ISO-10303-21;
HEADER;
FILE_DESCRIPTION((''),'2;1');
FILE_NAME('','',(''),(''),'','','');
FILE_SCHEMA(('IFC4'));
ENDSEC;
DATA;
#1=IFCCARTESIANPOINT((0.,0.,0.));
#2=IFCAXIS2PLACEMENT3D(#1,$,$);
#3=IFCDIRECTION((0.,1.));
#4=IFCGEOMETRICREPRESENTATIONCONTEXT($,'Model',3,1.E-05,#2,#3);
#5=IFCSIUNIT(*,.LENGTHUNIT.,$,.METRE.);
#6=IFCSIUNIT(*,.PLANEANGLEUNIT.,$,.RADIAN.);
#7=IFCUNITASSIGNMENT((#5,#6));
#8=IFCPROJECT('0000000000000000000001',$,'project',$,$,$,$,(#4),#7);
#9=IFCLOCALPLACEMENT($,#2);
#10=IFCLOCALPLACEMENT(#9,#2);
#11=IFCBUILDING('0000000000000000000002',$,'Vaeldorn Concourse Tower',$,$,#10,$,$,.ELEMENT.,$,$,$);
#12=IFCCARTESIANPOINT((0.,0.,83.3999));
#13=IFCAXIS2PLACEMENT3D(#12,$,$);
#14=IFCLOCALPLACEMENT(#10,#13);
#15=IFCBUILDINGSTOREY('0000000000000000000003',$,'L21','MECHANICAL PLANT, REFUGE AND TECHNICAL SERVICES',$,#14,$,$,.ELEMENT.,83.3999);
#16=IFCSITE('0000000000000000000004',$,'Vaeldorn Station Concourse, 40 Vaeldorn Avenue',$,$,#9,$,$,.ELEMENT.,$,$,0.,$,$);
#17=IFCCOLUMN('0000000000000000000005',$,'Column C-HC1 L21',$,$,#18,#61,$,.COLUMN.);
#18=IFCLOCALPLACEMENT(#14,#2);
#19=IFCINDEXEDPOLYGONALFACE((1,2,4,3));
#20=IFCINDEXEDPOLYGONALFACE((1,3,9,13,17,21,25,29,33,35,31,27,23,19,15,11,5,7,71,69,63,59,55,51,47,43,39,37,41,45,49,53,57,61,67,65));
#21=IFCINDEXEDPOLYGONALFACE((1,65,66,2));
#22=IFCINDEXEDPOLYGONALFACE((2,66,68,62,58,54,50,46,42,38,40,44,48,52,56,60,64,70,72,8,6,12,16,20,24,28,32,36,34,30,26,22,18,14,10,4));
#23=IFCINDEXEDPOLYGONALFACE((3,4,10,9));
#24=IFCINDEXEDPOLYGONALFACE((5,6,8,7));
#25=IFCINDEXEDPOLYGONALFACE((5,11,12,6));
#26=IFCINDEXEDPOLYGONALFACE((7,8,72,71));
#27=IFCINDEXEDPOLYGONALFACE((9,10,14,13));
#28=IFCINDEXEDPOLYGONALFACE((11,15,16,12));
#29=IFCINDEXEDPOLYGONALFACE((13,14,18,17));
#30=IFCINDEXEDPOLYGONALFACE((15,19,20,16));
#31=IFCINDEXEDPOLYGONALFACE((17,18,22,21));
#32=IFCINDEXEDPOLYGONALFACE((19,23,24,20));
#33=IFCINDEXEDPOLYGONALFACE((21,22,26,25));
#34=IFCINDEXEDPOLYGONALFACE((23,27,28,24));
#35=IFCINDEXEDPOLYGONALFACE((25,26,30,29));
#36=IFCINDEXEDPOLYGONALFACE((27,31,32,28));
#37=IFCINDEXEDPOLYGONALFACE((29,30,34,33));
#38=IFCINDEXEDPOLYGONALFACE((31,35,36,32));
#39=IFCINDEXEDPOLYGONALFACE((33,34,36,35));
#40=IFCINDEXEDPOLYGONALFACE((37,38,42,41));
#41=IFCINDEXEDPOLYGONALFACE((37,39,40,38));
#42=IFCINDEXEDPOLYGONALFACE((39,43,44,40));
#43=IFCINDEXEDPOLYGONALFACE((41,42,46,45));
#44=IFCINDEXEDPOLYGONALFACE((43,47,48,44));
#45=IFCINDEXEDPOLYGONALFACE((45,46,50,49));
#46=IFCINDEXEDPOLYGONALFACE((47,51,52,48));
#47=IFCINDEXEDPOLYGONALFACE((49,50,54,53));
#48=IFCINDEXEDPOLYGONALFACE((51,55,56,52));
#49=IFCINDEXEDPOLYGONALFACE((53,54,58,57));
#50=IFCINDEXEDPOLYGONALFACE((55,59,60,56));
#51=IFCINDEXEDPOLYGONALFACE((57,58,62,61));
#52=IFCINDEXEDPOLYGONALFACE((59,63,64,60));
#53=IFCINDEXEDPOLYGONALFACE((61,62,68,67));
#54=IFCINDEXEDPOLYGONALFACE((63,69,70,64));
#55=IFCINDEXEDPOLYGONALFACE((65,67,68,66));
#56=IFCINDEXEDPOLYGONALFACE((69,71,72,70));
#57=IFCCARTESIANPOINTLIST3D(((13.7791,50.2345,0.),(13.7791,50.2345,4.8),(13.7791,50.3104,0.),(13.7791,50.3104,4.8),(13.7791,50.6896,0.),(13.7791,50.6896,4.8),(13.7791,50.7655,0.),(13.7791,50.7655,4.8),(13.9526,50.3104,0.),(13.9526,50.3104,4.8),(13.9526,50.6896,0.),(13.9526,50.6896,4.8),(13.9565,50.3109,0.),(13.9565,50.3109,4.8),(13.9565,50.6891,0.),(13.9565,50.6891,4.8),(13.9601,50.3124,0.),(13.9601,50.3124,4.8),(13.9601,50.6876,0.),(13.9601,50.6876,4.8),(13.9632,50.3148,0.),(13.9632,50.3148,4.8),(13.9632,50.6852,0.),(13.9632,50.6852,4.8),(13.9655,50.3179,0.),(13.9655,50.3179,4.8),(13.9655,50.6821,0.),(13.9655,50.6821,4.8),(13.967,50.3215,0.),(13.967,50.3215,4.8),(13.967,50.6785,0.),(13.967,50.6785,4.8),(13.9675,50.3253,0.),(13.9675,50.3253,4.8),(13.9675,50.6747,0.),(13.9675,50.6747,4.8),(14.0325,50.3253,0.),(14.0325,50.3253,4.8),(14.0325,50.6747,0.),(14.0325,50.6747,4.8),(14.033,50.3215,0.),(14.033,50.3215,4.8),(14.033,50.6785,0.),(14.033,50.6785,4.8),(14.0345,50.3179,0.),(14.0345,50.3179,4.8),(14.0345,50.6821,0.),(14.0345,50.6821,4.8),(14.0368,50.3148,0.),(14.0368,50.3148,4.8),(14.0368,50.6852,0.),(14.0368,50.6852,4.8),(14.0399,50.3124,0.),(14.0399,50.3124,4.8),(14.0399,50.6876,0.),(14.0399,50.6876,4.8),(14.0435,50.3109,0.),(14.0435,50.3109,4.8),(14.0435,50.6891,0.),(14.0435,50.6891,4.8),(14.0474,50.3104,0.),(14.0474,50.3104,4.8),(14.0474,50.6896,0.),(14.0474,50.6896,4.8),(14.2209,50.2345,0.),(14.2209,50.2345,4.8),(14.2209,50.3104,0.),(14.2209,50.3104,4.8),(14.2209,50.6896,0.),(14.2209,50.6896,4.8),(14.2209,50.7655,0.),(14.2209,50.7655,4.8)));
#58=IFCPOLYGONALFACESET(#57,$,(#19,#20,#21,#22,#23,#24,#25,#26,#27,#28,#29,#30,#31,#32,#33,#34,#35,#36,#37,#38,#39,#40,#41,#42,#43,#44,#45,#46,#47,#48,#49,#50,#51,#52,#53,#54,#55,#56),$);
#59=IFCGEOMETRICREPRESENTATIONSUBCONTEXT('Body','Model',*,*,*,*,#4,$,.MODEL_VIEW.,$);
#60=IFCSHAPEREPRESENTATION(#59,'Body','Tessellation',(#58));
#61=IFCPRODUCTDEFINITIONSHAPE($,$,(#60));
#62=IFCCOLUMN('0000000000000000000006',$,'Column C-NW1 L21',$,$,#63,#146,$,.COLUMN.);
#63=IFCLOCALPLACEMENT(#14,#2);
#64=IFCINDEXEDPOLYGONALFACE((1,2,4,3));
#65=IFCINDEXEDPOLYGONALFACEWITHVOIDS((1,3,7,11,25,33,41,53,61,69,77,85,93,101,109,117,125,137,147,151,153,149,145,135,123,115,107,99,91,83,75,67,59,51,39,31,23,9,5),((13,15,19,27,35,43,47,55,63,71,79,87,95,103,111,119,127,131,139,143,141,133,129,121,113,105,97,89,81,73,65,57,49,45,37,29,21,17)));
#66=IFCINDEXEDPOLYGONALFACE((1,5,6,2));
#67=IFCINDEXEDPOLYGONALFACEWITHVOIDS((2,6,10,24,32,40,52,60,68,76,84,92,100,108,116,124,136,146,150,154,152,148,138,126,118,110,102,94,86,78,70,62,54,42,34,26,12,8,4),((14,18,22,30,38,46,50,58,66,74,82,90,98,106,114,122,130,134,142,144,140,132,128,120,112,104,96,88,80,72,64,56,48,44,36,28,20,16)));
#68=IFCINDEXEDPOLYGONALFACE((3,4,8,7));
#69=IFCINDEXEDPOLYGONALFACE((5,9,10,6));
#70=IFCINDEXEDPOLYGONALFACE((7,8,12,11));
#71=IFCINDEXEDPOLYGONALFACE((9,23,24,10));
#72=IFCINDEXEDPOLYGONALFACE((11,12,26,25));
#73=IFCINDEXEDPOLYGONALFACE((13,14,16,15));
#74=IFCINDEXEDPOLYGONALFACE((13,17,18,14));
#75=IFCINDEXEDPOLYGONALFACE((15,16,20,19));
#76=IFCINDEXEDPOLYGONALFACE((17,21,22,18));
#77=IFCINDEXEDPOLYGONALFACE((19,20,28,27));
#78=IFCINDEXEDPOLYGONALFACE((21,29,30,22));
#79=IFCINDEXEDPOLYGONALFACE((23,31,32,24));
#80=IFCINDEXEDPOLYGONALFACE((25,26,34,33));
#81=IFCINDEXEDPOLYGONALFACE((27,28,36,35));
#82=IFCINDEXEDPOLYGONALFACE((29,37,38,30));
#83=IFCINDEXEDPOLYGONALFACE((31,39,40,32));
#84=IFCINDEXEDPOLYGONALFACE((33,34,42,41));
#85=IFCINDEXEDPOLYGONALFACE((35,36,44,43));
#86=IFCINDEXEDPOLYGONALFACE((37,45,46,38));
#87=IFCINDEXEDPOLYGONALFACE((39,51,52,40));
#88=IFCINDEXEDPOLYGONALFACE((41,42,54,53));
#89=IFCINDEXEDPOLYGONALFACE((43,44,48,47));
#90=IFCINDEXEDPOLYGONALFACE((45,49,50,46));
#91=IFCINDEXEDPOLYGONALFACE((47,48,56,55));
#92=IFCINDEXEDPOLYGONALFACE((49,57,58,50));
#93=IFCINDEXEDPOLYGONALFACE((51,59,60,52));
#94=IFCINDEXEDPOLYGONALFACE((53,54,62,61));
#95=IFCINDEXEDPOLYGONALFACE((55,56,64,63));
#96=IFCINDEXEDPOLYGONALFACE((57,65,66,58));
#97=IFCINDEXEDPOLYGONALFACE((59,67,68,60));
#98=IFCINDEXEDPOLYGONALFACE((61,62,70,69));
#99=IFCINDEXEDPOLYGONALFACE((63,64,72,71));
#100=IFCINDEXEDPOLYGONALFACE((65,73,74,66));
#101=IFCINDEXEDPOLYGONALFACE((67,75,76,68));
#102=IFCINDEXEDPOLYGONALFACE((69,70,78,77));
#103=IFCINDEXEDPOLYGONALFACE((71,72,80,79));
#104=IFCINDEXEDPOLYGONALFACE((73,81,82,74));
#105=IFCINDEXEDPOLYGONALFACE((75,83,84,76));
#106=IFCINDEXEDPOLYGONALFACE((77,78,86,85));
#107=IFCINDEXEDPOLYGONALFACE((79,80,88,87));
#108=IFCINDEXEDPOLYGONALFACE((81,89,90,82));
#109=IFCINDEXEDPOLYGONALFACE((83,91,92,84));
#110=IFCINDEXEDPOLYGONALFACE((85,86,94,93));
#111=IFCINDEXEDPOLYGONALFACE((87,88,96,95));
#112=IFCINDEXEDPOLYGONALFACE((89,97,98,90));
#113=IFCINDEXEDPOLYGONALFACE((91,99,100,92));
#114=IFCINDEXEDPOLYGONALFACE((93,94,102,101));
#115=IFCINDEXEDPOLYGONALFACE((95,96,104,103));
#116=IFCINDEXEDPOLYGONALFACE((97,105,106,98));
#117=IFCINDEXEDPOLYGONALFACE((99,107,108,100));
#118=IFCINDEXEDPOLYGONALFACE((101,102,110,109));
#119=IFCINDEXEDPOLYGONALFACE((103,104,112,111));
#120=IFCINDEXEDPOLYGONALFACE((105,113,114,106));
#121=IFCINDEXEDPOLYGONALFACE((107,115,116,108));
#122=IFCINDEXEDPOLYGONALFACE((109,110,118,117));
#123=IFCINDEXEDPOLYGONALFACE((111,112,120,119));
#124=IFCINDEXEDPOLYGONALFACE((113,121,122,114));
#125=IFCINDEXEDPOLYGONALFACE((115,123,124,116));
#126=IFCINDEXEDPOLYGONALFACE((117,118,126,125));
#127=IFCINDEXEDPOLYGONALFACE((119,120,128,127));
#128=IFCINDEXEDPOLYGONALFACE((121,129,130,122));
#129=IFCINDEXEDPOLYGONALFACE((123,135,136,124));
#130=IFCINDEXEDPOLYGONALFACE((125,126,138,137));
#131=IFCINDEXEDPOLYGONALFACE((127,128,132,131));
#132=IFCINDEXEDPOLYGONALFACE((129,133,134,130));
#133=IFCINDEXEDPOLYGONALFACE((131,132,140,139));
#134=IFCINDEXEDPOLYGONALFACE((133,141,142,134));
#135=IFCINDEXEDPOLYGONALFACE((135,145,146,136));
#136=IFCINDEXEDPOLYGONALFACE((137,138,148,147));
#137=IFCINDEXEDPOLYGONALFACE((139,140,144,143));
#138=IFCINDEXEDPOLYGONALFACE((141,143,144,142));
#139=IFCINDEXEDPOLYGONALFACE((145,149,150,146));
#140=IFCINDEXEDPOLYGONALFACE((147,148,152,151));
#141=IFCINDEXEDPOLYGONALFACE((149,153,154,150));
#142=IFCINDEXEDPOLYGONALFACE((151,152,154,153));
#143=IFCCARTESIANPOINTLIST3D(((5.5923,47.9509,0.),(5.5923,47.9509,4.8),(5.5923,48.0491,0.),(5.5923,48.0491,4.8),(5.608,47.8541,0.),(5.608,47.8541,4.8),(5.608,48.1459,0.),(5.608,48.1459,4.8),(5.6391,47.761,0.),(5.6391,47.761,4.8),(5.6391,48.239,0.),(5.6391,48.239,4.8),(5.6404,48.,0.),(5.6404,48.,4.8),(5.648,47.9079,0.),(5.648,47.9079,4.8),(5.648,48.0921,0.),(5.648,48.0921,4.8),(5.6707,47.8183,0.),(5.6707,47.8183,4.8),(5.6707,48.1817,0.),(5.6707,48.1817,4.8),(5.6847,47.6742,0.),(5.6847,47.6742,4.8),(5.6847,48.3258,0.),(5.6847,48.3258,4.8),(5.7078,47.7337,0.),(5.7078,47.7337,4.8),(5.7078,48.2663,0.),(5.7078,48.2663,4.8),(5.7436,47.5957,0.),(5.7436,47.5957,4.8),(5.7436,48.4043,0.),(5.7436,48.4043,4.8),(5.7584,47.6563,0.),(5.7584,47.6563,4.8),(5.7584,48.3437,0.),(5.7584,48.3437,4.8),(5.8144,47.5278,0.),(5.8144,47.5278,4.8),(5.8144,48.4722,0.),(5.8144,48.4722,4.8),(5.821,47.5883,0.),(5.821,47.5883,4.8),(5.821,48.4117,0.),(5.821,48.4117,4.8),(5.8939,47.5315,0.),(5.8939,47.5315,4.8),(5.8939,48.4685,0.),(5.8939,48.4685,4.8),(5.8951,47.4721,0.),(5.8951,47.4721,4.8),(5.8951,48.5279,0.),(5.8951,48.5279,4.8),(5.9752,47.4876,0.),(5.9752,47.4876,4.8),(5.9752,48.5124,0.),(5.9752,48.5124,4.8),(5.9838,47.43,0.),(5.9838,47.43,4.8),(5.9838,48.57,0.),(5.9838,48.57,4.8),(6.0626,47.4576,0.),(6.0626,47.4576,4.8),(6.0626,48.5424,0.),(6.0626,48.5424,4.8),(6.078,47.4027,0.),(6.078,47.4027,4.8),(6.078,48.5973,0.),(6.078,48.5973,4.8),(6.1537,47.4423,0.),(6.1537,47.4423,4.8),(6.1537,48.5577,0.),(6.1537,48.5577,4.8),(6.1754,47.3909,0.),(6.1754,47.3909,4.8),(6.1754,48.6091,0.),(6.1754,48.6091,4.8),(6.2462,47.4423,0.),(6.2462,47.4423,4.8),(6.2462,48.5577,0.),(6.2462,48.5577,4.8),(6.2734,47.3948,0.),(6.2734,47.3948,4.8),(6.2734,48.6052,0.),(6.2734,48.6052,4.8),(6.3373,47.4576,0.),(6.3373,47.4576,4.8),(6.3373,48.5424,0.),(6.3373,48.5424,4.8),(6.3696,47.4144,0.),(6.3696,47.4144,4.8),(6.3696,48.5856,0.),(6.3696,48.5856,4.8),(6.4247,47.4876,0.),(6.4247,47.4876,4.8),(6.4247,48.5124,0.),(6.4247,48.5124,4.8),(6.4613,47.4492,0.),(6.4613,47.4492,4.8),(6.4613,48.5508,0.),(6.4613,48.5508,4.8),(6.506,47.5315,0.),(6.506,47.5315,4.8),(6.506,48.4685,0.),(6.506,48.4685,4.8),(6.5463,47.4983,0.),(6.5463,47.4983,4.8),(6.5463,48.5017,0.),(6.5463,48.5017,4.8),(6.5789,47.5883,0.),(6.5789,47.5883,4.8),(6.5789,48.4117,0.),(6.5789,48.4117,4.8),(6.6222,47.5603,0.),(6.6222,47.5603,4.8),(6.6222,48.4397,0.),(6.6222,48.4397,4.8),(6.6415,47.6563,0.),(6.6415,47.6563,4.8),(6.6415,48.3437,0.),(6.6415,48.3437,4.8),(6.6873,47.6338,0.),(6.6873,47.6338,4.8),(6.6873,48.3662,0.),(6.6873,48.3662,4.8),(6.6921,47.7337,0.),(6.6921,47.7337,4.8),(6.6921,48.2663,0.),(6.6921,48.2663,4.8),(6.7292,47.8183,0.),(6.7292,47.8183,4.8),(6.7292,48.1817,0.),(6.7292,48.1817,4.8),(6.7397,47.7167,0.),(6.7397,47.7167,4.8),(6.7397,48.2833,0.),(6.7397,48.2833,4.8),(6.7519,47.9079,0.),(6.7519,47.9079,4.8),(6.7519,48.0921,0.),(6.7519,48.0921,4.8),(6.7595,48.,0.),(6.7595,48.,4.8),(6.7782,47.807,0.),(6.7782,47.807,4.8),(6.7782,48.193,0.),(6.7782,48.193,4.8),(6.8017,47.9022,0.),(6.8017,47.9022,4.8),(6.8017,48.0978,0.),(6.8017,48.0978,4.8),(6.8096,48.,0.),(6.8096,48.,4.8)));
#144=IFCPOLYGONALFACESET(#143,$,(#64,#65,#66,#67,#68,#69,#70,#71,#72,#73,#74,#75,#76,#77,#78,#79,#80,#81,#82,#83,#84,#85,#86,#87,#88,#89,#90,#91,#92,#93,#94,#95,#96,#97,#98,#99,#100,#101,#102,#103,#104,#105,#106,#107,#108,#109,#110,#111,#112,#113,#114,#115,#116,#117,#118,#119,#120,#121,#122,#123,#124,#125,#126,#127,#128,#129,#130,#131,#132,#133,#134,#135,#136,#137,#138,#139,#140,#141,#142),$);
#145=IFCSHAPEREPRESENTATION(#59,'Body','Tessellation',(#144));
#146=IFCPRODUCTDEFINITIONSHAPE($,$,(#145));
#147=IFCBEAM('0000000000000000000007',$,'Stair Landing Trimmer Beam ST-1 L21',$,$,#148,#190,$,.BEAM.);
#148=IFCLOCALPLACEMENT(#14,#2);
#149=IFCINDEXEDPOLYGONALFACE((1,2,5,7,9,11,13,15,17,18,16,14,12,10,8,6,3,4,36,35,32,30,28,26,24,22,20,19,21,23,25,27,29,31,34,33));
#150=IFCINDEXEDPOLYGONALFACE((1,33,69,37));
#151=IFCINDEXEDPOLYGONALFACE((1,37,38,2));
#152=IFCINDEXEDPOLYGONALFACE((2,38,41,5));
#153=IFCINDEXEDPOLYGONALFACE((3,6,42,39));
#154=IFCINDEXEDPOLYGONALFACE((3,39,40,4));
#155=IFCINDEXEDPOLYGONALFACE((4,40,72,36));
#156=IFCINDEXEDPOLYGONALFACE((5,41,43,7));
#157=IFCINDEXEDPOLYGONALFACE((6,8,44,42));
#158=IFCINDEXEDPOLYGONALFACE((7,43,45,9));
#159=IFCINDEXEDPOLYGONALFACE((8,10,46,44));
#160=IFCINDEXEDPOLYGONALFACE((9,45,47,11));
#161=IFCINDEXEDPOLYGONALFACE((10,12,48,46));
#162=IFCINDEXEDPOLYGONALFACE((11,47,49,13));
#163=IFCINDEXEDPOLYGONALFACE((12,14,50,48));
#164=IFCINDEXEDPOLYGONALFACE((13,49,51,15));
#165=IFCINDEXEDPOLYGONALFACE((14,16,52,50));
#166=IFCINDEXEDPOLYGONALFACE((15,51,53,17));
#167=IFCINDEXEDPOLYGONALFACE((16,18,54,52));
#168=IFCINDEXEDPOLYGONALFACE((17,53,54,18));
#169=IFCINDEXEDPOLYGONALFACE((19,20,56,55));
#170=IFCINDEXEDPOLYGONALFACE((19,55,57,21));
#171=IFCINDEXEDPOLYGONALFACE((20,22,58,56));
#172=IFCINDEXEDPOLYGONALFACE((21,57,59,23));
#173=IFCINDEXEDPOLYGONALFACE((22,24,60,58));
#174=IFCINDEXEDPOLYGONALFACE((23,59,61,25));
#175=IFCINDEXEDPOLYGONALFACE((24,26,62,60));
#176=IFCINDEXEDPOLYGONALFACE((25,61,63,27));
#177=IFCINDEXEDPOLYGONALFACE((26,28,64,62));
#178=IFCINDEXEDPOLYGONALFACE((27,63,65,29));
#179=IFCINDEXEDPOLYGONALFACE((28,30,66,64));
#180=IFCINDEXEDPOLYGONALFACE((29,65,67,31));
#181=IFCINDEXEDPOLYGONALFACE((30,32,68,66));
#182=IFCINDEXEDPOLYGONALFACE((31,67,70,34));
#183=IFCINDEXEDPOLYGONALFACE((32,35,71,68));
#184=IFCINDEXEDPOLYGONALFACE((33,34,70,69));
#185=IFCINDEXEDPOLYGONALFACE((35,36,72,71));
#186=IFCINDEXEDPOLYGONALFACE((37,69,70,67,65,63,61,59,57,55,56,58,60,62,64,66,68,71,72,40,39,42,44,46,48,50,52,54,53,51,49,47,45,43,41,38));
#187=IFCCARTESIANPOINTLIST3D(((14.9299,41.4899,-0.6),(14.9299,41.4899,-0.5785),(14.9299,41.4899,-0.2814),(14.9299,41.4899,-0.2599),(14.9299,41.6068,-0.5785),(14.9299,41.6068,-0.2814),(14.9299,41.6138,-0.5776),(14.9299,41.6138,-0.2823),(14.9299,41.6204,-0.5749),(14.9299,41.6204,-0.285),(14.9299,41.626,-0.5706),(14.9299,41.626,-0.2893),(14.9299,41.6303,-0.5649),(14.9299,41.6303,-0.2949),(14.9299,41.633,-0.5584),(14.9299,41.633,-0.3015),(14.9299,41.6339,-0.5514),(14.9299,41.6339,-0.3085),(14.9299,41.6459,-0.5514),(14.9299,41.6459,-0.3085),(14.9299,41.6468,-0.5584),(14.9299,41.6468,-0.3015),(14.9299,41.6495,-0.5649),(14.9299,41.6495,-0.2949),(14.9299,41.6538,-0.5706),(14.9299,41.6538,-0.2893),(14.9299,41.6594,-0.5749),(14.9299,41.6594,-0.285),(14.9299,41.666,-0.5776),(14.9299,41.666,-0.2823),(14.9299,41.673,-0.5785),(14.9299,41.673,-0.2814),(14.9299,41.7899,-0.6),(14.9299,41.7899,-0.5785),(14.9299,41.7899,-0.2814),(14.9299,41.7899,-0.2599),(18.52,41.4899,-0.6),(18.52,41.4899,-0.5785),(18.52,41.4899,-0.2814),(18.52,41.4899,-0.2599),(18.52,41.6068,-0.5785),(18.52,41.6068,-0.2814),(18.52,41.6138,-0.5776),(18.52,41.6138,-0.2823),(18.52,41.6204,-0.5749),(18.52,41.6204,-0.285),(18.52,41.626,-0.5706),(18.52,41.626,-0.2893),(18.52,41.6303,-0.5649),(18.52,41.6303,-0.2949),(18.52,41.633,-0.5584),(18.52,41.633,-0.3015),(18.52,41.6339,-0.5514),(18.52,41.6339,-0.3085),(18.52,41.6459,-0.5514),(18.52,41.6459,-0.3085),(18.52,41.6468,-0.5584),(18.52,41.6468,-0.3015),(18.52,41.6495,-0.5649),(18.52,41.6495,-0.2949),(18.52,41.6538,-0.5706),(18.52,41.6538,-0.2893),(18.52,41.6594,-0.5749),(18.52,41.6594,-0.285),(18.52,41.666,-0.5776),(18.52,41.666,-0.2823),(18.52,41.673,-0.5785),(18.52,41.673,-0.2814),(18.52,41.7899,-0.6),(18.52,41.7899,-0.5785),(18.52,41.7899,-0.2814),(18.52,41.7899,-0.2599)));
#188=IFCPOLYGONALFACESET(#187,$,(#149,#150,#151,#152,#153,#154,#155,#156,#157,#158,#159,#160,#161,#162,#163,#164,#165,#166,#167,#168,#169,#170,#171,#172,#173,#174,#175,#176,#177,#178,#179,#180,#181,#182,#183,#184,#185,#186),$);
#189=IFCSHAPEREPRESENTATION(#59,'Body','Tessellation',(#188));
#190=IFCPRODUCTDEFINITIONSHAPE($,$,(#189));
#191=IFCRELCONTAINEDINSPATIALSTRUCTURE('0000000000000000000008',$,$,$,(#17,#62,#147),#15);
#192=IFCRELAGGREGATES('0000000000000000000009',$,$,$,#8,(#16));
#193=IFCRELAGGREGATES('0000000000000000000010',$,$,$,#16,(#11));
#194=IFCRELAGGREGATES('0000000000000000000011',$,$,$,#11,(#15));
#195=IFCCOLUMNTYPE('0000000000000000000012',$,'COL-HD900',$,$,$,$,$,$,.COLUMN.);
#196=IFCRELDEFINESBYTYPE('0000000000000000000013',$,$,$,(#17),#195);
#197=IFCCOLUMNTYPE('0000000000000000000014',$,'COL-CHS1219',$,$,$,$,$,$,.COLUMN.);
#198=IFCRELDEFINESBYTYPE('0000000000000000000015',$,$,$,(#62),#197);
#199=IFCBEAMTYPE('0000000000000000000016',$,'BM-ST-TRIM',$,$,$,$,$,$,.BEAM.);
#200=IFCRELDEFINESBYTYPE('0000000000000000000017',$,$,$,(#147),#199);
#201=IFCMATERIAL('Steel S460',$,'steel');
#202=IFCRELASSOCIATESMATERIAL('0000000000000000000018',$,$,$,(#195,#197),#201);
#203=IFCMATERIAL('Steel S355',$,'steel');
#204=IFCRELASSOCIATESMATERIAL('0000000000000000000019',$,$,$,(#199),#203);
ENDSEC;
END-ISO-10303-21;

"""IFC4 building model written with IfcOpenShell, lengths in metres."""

from ifc_helpers import new_model, si_unit, direction, frame, origin, origin_2d, place, context, subcontext, project, spatial, hollow_circle, i_section, extrude, source, transform, mapped, material, material_profile, profile_set, type_object, element, save


model = new_model("IFC4")

# Units and contexts
model_context = context("Model", 3, precision=1e-05, world=origin(), true_north=direction((0.0, 1.0)))
body_context = subcontext(model_context, "Body", "Model", "MODEL_VIEW")
ifc_project = project(units=[si_unit("LENGTHUNIT", "METRE"), si_unit("PLANEANGLEUNIT", "RADIAN")], contexts=[model_context])

# Site, building, storey
site_placement = place(None, origin())
site = spatial("IfcSite", under=ifc_project, at=site_placement, Name="Vaeldorn Station Concourse, 40 Vaeldorn Avenue", CompositionType="ELEMENT", RefElevation=0.0)
building_placement = place(site_placement, origin())
building = spatial("IfcBuilding", under=site, at=building_placement, Name="Vaeldorn Concourse Tower", CompositionType="ELEMENT")
storey_placement = place(building_placement, frame((0.0, 0.0, 83.3999)))
storey = spatial("IfcBuildingStorey", under=building, at=storey_placement, Name="L21", Description="MECHANICAL PLANT, REFUGE AND TECHNICAL SERVICES", CompositionType="ELEMENT", Elevation=83.3999)

# Columns
ifc_material_1 = material(Name="Steel S460", Category="steel")
ifc_material_profile_1 = material_profile(ifc_material_1, i_section(OverallWidth=0.4419, OverallDepth=0.531, WebThickness=0.0649, FlangeThickness=0.0759, FilletRadius=0.0149, at=origin_2d()), Name="HD 400x900")
ifc_profile_set_1 = profile_set([ifc_material_profile_1], Name="Steel S460")
column_type_1 = type_object("IfcColumnType", Name="COL-HD900", PredefinedType="COLUMN", material=ifc_profile_set_1)
shared_shape_1 = source(origin(), body_context, "Body", "SweptSolid", [
    extrude(i_section(OverallWidth=0.4419, OverallDepth=0.531, WebThickness=0.0649, FlangeThickness=0.0759, FilletRadius=0.0149, at=origin_2d()), origin(), (0.0, 0.0, 1.0), 4.8),
])
column_1_placement = place(storey_placement, frame((14.0, 50.5, 0.0), z_axis=(0.0, 0.0, 1.0), x_axis=(1.0, 0.0, 0.0)))
element("IfcColumn", 1, at=column_1_placement, inside=storey, type_object=column_type_1, Name="Column C-HC1 L21", PredefinedType="COLUMN", context=body_context, shape_type="MappedRepresentation", body=[
    mapped(shared_shape_1, transform((0.0, 0.0, 0.0), scale=1.0)),
])
ifc_material_profile_2 = material_profile(ifc_material_1, hollow_circle(Radius=0.6096, WallThickness=0.05, at=origin_2d()), Name="CHS 1219x50")
ifc_profile_set_2 = profile_set([ifc_material_profile_2], Name="Steel S460")
column_type_2 = type_object("IfcColumnType", Name="COL-CHS1219", PredefinedType="COLUMN", material=ifc_profile_set_2)
shared_shape_2 = source(origin(), body_context, "Body", "SweptSolid", [
    extrude(hollow_circle(Radius=0.6096, WallThickness=0.05, at=origin_2d()), origin(), (0.0, 0.0, 1.0), 4.8),
])
column_2_placement = place(storey_placement, frame((6.2, 48.0, 0.0), z_axis=(0.0, 0.0, 1.0), x_axis=(1.0, 0.0, 0.0)))
element("IfcColumn", 2, at=column_2_placement, inside=storey, type_object=column_type_2, Name="Column C-NW1 L21", PredefinedType="COLUMN", context=body_context, shape_type="MappedRepresentation", body=[
    mapped(shared_shape_2, transform((0.0, 0.0, 0.0), scale=1.0)),
])

# Beam
ifc_material_2 = material(Name="Steel S355", Category="steel")
ifc_material_profile_3 = material_profile(ifc_material_2, i_section(OverallWidth=0.3, OverallDepth=0.3401, WebThickness=0.012, FlangeThickness=0.0215, FilletRadius=0.0271, at=origin_2d()), Name="HEB 340")
ifc_profile_set_3 = profile_set([ifc_material_profile_3], Name="Steel S355")
beam_type_1 = type_object("IfcBeamType", Name="BM-ST-TRIM", PredefinedType="BEAM", material=ifc_profile_set_3)
shared_shape_3 = source(origin(), body_context, "Body", "SweptSolid", [
    extrude(i_section(OverallWidth=0.3, OverallDepth=0.3401, WebThickness=0.012, FlangeThickness=0.0215, FilletRadius=0.0271, at=origin_2d()), origin(), (0.0, 0.0, 1.0), 3.5901),
])
beam_1_placement = place(storey_placement, frame((14.9299, 41.6399, -0.4299), z_axis=(1.0, 0.0, 0.0), x_axis=(0.0, 1.0, 0.0)))
element("IfcBeam", 3, at=beam_1_placement, inside=storey, type_object=beam_type_1, Name="Stair Landing Trimmer Beam ST-1 L21", PredefinedType="BEAM", context=body_context, shape_type="MappedRepresentation", body=[
    mapped(shared_shape_3, transform((0.0, 0.0, 0.0), scale=1.0)),
])

save(model, "model.ifc")
